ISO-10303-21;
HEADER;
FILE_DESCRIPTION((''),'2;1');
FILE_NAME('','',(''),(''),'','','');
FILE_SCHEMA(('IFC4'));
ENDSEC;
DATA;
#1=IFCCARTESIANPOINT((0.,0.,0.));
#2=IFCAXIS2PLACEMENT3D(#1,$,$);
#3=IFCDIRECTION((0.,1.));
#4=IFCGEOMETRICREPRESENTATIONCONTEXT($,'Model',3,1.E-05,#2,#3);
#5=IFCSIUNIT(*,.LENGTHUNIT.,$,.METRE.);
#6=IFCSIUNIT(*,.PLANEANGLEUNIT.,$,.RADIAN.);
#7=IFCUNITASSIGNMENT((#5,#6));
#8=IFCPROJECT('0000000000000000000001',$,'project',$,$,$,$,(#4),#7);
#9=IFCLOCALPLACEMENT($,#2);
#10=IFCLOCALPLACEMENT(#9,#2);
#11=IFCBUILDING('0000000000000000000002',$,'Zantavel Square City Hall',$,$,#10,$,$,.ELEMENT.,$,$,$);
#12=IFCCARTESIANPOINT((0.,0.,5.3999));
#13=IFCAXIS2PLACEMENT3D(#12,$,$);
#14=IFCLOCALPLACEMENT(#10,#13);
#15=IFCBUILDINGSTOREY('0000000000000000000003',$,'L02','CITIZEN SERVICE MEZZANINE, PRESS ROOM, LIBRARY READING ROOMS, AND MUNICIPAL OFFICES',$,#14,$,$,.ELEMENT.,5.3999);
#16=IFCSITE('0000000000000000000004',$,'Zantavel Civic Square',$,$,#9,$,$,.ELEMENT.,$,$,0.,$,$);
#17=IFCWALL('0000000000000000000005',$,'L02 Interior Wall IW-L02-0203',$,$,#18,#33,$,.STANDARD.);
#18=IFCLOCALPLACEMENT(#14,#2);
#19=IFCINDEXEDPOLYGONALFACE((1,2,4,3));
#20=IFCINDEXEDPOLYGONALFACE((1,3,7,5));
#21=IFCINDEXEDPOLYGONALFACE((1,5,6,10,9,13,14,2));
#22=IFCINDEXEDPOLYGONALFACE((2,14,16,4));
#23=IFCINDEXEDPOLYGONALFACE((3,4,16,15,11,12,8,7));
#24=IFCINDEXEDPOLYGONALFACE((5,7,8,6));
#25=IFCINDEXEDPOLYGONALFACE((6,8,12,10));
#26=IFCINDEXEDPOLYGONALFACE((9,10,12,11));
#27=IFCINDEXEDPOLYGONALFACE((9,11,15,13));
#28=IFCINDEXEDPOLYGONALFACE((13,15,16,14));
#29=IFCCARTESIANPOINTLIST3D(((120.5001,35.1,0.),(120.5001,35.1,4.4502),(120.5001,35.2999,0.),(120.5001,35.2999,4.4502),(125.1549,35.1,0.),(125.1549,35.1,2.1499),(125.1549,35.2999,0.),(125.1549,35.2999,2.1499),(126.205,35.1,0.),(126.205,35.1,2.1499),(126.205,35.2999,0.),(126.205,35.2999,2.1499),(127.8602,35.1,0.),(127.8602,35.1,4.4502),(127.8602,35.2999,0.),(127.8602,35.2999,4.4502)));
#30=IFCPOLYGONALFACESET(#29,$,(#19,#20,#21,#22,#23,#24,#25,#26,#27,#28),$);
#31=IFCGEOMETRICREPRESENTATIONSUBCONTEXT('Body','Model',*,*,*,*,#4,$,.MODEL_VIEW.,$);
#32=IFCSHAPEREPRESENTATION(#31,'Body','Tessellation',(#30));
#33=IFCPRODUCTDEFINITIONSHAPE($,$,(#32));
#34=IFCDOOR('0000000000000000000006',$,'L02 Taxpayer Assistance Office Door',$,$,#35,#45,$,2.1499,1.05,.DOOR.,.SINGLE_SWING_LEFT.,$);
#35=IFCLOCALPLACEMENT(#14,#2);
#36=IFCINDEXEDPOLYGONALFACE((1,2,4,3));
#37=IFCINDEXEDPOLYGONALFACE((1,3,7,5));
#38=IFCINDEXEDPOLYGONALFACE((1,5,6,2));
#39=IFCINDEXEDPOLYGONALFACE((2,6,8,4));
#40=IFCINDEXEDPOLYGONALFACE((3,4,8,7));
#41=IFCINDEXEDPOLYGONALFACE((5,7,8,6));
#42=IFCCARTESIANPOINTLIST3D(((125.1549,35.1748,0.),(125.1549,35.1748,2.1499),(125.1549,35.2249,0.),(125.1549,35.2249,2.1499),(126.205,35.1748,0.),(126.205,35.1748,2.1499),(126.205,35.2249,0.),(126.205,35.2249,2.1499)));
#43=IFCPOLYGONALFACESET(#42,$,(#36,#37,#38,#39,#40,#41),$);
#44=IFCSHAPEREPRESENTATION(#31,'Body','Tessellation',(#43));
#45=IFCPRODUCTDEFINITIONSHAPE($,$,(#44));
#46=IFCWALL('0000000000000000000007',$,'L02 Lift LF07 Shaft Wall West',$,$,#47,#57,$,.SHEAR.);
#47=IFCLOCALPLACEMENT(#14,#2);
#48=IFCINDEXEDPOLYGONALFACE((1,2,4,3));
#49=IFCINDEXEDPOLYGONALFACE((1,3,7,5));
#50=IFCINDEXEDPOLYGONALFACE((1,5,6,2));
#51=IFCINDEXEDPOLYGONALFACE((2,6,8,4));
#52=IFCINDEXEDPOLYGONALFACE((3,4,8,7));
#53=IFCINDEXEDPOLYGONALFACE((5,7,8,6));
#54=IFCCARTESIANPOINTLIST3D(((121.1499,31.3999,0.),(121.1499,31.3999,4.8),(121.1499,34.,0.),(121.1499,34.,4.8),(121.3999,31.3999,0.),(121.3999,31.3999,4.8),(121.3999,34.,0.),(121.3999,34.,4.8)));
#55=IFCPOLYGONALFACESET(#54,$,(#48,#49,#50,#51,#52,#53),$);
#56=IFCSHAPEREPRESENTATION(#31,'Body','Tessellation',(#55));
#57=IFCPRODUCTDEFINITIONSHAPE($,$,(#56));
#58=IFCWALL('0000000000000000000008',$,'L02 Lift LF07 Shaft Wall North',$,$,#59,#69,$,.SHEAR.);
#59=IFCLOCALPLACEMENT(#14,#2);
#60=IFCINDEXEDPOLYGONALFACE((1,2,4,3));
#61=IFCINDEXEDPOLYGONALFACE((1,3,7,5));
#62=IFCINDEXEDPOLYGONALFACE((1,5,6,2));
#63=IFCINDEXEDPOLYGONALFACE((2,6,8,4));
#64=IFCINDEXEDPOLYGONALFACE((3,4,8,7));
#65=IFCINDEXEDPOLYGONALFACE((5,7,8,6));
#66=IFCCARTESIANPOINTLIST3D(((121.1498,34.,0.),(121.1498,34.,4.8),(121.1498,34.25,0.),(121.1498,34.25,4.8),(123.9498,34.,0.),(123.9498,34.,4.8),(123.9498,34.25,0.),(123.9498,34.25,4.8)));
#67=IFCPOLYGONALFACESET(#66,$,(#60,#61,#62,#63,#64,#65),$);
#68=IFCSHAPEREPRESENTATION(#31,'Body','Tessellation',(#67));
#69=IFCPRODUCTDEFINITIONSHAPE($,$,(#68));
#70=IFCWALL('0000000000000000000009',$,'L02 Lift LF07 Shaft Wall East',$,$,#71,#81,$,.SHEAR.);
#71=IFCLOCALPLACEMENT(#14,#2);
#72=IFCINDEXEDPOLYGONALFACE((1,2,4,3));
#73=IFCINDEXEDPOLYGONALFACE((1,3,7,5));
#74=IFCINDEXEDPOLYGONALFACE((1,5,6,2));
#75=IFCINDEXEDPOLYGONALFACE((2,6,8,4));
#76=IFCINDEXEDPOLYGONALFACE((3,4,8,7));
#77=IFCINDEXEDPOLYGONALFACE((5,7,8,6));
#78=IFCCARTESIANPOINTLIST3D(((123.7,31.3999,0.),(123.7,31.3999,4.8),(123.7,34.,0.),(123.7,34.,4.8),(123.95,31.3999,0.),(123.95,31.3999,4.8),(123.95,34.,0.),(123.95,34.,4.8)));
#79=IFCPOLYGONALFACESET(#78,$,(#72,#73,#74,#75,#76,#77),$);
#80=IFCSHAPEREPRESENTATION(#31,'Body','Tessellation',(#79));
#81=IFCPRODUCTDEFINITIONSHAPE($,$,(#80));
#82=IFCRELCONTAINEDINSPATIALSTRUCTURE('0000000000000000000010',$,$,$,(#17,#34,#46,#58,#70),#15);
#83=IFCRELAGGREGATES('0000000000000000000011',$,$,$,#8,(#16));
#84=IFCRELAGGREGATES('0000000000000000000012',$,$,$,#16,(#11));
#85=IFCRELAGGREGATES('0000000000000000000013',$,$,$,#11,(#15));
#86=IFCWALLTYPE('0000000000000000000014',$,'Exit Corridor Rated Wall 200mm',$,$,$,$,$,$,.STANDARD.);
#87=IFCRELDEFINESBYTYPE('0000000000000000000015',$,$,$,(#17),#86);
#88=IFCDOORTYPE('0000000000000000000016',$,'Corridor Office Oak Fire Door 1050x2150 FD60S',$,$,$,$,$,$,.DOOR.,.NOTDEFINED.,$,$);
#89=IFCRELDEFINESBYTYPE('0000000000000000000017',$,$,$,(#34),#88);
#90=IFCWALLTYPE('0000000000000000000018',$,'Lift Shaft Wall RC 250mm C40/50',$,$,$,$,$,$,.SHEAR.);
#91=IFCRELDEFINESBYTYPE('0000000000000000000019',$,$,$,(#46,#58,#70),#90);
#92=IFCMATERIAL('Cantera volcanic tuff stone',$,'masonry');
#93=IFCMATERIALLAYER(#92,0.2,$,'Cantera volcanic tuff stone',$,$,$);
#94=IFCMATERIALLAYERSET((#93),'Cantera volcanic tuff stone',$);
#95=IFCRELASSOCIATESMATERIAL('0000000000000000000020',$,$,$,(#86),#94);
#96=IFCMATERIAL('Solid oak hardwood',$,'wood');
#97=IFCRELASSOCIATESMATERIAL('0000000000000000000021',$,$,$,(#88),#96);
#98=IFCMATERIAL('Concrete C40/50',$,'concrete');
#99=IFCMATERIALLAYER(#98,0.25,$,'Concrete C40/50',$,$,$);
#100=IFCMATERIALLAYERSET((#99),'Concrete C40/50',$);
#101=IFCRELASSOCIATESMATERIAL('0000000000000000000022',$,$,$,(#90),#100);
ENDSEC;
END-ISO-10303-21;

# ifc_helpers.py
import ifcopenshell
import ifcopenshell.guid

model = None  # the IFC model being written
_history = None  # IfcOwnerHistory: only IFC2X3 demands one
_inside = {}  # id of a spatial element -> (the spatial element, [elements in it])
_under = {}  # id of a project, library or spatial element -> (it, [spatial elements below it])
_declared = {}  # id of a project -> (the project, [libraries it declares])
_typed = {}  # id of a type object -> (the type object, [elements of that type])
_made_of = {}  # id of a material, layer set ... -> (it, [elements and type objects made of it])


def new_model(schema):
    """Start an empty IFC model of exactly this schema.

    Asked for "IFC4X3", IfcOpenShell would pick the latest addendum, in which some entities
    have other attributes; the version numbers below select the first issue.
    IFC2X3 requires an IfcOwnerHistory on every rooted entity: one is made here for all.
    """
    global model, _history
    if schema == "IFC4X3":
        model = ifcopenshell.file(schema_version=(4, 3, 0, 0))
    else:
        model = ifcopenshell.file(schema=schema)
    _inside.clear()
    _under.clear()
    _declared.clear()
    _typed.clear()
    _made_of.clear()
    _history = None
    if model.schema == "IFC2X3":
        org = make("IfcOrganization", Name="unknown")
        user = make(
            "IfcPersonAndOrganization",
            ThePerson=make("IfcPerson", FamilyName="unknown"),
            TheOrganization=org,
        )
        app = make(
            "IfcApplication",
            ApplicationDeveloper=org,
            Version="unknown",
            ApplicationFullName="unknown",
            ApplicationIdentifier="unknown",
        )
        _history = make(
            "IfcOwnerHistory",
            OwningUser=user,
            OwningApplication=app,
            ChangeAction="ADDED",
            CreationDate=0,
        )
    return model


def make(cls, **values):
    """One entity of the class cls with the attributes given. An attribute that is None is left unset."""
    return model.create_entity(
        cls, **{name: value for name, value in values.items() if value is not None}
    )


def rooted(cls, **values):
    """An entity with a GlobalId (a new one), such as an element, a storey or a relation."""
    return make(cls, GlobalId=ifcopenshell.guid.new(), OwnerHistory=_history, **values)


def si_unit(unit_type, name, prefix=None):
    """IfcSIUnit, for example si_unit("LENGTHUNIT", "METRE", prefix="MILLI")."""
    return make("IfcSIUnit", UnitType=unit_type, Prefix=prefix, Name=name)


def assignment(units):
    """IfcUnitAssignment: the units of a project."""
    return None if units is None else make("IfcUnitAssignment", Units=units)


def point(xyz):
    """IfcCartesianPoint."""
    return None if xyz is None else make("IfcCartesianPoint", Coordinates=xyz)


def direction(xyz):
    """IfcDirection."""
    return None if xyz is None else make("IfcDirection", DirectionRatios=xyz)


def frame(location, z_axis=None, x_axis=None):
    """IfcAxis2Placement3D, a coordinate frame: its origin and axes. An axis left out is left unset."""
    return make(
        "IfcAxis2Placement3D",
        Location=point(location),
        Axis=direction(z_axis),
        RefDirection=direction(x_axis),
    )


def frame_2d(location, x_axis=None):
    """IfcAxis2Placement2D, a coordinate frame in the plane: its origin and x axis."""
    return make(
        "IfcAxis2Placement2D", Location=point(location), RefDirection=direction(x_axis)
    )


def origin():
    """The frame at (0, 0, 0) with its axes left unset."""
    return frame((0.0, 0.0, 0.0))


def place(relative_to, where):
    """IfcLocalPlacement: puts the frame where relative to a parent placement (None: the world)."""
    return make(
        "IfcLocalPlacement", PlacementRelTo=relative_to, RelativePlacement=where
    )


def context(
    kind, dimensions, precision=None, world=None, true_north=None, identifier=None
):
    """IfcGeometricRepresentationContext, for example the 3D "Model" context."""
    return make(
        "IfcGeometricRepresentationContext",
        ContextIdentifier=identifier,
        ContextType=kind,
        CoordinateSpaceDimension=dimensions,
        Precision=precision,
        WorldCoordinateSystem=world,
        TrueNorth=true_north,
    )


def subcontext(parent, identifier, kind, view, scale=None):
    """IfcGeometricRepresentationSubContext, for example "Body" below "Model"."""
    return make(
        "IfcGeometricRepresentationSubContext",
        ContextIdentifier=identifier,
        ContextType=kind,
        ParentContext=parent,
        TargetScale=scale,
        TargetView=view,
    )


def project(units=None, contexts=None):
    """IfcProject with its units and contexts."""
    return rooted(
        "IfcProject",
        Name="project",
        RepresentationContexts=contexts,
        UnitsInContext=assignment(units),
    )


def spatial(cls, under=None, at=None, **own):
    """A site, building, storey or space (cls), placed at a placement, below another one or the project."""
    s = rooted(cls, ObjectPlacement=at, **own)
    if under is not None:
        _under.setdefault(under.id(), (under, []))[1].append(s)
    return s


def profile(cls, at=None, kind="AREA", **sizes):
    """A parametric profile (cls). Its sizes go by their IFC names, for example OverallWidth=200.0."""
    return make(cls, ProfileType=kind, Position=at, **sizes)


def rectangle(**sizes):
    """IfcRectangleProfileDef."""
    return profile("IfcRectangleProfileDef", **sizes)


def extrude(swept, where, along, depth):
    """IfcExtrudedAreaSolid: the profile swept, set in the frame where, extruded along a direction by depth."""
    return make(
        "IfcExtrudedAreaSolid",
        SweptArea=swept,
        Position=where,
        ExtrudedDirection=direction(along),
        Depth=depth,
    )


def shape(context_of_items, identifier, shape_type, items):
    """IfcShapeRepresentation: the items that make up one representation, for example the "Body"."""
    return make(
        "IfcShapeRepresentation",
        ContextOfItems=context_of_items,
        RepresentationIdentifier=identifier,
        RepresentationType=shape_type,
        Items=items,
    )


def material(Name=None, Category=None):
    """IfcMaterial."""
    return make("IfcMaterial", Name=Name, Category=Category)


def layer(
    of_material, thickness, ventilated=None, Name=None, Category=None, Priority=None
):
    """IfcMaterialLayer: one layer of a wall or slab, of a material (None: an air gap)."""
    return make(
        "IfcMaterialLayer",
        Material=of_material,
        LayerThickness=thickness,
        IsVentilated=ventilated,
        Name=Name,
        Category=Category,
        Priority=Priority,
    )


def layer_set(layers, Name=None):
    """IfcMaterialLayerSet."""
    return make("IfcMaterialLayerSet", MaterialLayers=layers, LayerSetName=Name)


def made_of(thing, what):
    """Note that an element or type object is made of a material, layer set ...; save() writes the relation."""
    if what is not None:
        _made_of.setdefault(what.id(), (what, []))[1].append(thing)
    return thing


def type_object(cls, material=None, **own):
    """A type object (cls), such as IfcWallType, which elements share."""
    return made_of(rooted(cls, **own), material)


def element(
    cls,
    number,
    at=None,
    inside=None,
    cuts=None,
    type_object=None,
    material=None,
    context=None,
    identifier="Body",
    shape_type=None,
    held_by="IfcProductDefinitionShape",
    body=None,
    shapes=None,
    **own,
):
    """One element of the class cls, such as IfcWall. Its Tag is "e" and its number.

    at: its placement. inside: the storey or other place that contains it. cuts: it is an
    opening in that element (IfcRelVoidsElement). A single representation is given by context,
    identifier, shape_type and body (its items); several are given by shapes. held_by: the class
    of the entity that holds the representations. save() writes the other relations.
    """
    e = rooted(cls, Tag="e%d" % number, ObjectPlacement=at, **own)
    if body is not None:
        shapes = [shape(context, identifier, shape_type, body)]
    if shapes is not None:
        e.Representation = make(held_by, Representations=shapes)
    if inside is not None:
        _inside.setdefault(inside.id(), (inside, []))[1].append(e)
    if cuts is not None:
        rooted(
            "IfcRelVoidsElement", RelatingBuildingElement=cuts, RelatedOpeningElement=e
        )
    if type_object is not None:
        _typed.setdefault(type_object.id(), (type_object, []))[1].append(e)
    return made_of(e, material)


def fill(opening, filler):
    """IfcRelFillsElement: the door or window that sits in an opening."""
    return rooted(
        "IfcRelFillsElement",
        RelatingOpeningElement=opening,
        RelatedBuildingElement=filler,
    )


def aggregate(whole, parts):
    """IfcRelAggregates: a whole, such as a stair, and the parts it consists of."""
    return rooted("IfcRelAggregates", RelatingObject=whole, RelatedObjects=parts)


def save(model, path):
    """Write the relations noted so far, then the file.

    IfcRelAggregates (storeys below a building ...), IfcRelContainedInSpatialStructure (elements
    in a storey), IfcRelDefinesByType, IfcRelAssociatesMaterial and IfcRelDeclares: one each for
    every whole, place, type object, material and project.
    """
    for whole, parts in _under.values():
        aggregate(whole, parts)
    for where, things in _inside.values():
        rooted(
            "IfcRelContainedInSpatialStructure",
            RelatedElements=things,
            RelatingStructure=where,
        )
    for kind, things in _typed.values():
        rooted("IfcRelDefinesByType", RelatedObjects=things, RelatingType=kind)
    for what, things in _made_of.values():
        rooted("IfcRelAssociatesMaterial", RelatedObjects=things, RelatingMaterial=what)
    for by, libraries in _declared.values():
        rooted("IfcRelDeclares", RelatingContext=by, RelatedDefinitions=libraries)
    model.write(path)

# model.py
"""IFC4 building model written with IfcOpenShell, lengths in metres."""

from ifc_helpers import new_model, si_unit, direction, frame, frame_2d, origin, place, context, subcontext, project, spatial, rectangle, extrude, material, layer, layer_set, type_object, element, fill, save


model = new_model("IFC4")

# Units and contexts
model_context = context("Model", 3, precision=1e-05, world=origin(), true_north=direction((0.0, 1.0)))
body_context = subcontext(model_context, "Body", "Model", "MODEL_VIEW")
ifc_project = project(units=[si_unit("LENGTHUNIT", "METRE"), si_unit("PLANEANGLEUNIT", "RADIAN")], contexts=[model_context])

# Site, building, storey
site_placement = place(None, origin())
site = spatial("IfcSite", under=ifc_project, at=site_placement, Name="Zantavel Civic Square", CompositionType="ELEMENT", RefElevation=0.0)
building_placement = place(site_placement, origin())
building = spatial("IfcBuilding", under=site, at=building_placement, Name="Zantavel Square City Hall", CompositionType="ELEMENT")
storey_placement = place(building_placement, frame((0.0, 0.0, 5.3999)))
storey = spatial("IfcBuildingStorey", under=building, at=storey_placement, Name="L02", Description="CITIZEN SERVICE MEZZANINE, PRESS ROOM, LIBRARY READING ROOMS, AND MUNICIPAL OFFICES", CompositionType="ELEMENT", Elevation=5.3999)

# Shared definitions
ifc_material_1 = material(Name="Concrete C40/50", Category="concrete")

# Shared definitions
ifc_material_2 = material(Name="Cantera volcanic tuff stone", Category="masonry")

# Shared definitions
ifc_layer_1 = layer(ifc_material_2, 0.2, Name="Cantera volcanic tuff stone")
ifc_layer_set_1 = layer_set([ifc_layer_1], Name="Cantera volcanic tuff stone")
wall_type_1 = type_object("IfcWallType", Name="Exit Corridor Rated Wall 200mm", PredefinedType="STANDARD", material=ifc_layer_set_1)
ifc_material_3 = material(Name="Solid oak hardwood", Category="wood")
door_type_1 = type_object("IfcDoorType", Name="Corridor Office Oak Fire Door 1050x2150 FD60S", OperationType="NOTDEFINED", PredefinedType="DOOR", material=ifc_material_3)

# Wall, opening, door
wall_1_placement = place(storey_placement, frame((120.5, 35.2, 0.0), z_axis=(0.0, 0.0, 1.0), x_axis=(1.0, 0.0, 0.0)))
wall_1 = element("IfcWall", 1, at=wall_1_placement, inside=storey, type_object=wall_type_1, Name="L02 Interior Wall IW-L02-0203", PredefinedType="STANDARD", context=body_context, shape_type="SweptSolid", body=[
    extrude(rectangle(XDim=7.3601, YDim=0.2, at=frame_2d((3.6802, 0.0))), origin(), (0.0, 0.0, 1.0), 4.4502),
])
opening_1_placement = place(wall_1_placement, frame((4.655, 0.0, 0.0)))
opening_1 = element("IfcOpeningElement", 2, at=opening_1_placement, cuts=wall_1, PredefinedType="OPENING", context=body_context, shape_type="SweptSolid", body=[
    extrude(rectangle(XDim=1.05, YDim=2.1499, at=frame_2d((0.5249, 1.075))), frame((0.0, 0.1099, 0.0), z_axis=(0.0, -1.0, 0.0), x_axis=(1.0, 0.0, 0.0)), (0.0, 0.0, 1.0), 0.22),
])
door_1_placement = place(opening_1_placement, origin())
door_1 = element("IfcDoor", 3, at=door_1_placement, inside=storey, type_object=door_type_1, Name="L02 Taxpayer Assistance Office Door", OperationType="SINGLE_SWING_LEFT", OverallHeight=2.1499, OverallWidth=1.05, PredefinedType="DOOR", context=body_context, shape_type="SweptSolid", body=[
    extrude(rectangle(XDim=1.05, YDim=2.1499, at=frame_2d((0.5249, 1.075))), frame((0.0, 0.0249, 0.0), z_axis=(0.0, -1.0, 0.0), x_axis=(1.0, 0.0, 0.0)), (0.0, 0.0, 1.0), 0.05),
])
fill(opening_1, door_1)
ifc_layer_2 = layer(ifc_material_1, 0.25, Name="Concrete C40/50")
ifc_layer_set_2 = layer_set([ifc_layer_2], Name="Concrete C40/50")
wall_type_2 = type_object("IfcWallType", Name="Lift Shaft Wall RC 250mm C40/50", PredefinedType="SHEAR", material=ifc_layer_set_2)

# Walls
wall_2_placement = place(storey_placement, frame((121.2749, 31.3999, 0.0), z_axis=(0.0, 0.0, 1.0), x_axis=(0.0, 1.0, 0.0)))
element("IfcWall", 4, at=wall_2_placement, inside=storey, type_object=wall_type_2, Name="L02 Lift LF07 Shaft Wall West", PredefinedType="SHEAR", context=body_context, shape_type="SweptSolid", body=[
    extrude(rectangle(XDim=2.6001, YDim=0.25, at=frame_2d((1.3, 0.0))), origin(), (0.0, 0.0, 1.0), 4.8),
])
wall_3_placement = place(storey_placement, frame((121.1499, 34.125, 0.0), z_axis=(0.0, 0.0, 1.0), x_axis=(1.0, 0.0, 0.0)))
element("IfcWall", 5, at=wall_3_placement, inside=storey, type_object=wall_type_2, Name="L02 Lift LF07 Shaft Wall North", PredefinedType="SHEAR", context=body_context, shape_type="SweptSolid", body=[
    extrude(rectangle(XDim=2.8, YDim=0.25, at=frame_2d((1.3999, 0.0))), origin(), (0.0, 0.0, 1.0), 4.8),
])
wall_4_placement = place(storey_placement, frame((123.825, 34.0, 0.0), z_axis=(0.0, 0.0, 1.0), x_axis=(0.0, -1.0, 0.0)))
element("IfcWall", 6, at=wall_4_placement, inside=storey, type_object=wall_type_2, Name="L02 Lift LF07 Shaft Wall East", PredefinedType="SHEAR", context=body_context, shape_type="SweptSolid", body=[
    extrude(rectangle(XDim=2.6001, YDim=0.25, at=frame_2d((1.3, 0.0))), origin(), (0.0, 0.0, 1.0), 4.8),
])

save(model, "model.ifc")
